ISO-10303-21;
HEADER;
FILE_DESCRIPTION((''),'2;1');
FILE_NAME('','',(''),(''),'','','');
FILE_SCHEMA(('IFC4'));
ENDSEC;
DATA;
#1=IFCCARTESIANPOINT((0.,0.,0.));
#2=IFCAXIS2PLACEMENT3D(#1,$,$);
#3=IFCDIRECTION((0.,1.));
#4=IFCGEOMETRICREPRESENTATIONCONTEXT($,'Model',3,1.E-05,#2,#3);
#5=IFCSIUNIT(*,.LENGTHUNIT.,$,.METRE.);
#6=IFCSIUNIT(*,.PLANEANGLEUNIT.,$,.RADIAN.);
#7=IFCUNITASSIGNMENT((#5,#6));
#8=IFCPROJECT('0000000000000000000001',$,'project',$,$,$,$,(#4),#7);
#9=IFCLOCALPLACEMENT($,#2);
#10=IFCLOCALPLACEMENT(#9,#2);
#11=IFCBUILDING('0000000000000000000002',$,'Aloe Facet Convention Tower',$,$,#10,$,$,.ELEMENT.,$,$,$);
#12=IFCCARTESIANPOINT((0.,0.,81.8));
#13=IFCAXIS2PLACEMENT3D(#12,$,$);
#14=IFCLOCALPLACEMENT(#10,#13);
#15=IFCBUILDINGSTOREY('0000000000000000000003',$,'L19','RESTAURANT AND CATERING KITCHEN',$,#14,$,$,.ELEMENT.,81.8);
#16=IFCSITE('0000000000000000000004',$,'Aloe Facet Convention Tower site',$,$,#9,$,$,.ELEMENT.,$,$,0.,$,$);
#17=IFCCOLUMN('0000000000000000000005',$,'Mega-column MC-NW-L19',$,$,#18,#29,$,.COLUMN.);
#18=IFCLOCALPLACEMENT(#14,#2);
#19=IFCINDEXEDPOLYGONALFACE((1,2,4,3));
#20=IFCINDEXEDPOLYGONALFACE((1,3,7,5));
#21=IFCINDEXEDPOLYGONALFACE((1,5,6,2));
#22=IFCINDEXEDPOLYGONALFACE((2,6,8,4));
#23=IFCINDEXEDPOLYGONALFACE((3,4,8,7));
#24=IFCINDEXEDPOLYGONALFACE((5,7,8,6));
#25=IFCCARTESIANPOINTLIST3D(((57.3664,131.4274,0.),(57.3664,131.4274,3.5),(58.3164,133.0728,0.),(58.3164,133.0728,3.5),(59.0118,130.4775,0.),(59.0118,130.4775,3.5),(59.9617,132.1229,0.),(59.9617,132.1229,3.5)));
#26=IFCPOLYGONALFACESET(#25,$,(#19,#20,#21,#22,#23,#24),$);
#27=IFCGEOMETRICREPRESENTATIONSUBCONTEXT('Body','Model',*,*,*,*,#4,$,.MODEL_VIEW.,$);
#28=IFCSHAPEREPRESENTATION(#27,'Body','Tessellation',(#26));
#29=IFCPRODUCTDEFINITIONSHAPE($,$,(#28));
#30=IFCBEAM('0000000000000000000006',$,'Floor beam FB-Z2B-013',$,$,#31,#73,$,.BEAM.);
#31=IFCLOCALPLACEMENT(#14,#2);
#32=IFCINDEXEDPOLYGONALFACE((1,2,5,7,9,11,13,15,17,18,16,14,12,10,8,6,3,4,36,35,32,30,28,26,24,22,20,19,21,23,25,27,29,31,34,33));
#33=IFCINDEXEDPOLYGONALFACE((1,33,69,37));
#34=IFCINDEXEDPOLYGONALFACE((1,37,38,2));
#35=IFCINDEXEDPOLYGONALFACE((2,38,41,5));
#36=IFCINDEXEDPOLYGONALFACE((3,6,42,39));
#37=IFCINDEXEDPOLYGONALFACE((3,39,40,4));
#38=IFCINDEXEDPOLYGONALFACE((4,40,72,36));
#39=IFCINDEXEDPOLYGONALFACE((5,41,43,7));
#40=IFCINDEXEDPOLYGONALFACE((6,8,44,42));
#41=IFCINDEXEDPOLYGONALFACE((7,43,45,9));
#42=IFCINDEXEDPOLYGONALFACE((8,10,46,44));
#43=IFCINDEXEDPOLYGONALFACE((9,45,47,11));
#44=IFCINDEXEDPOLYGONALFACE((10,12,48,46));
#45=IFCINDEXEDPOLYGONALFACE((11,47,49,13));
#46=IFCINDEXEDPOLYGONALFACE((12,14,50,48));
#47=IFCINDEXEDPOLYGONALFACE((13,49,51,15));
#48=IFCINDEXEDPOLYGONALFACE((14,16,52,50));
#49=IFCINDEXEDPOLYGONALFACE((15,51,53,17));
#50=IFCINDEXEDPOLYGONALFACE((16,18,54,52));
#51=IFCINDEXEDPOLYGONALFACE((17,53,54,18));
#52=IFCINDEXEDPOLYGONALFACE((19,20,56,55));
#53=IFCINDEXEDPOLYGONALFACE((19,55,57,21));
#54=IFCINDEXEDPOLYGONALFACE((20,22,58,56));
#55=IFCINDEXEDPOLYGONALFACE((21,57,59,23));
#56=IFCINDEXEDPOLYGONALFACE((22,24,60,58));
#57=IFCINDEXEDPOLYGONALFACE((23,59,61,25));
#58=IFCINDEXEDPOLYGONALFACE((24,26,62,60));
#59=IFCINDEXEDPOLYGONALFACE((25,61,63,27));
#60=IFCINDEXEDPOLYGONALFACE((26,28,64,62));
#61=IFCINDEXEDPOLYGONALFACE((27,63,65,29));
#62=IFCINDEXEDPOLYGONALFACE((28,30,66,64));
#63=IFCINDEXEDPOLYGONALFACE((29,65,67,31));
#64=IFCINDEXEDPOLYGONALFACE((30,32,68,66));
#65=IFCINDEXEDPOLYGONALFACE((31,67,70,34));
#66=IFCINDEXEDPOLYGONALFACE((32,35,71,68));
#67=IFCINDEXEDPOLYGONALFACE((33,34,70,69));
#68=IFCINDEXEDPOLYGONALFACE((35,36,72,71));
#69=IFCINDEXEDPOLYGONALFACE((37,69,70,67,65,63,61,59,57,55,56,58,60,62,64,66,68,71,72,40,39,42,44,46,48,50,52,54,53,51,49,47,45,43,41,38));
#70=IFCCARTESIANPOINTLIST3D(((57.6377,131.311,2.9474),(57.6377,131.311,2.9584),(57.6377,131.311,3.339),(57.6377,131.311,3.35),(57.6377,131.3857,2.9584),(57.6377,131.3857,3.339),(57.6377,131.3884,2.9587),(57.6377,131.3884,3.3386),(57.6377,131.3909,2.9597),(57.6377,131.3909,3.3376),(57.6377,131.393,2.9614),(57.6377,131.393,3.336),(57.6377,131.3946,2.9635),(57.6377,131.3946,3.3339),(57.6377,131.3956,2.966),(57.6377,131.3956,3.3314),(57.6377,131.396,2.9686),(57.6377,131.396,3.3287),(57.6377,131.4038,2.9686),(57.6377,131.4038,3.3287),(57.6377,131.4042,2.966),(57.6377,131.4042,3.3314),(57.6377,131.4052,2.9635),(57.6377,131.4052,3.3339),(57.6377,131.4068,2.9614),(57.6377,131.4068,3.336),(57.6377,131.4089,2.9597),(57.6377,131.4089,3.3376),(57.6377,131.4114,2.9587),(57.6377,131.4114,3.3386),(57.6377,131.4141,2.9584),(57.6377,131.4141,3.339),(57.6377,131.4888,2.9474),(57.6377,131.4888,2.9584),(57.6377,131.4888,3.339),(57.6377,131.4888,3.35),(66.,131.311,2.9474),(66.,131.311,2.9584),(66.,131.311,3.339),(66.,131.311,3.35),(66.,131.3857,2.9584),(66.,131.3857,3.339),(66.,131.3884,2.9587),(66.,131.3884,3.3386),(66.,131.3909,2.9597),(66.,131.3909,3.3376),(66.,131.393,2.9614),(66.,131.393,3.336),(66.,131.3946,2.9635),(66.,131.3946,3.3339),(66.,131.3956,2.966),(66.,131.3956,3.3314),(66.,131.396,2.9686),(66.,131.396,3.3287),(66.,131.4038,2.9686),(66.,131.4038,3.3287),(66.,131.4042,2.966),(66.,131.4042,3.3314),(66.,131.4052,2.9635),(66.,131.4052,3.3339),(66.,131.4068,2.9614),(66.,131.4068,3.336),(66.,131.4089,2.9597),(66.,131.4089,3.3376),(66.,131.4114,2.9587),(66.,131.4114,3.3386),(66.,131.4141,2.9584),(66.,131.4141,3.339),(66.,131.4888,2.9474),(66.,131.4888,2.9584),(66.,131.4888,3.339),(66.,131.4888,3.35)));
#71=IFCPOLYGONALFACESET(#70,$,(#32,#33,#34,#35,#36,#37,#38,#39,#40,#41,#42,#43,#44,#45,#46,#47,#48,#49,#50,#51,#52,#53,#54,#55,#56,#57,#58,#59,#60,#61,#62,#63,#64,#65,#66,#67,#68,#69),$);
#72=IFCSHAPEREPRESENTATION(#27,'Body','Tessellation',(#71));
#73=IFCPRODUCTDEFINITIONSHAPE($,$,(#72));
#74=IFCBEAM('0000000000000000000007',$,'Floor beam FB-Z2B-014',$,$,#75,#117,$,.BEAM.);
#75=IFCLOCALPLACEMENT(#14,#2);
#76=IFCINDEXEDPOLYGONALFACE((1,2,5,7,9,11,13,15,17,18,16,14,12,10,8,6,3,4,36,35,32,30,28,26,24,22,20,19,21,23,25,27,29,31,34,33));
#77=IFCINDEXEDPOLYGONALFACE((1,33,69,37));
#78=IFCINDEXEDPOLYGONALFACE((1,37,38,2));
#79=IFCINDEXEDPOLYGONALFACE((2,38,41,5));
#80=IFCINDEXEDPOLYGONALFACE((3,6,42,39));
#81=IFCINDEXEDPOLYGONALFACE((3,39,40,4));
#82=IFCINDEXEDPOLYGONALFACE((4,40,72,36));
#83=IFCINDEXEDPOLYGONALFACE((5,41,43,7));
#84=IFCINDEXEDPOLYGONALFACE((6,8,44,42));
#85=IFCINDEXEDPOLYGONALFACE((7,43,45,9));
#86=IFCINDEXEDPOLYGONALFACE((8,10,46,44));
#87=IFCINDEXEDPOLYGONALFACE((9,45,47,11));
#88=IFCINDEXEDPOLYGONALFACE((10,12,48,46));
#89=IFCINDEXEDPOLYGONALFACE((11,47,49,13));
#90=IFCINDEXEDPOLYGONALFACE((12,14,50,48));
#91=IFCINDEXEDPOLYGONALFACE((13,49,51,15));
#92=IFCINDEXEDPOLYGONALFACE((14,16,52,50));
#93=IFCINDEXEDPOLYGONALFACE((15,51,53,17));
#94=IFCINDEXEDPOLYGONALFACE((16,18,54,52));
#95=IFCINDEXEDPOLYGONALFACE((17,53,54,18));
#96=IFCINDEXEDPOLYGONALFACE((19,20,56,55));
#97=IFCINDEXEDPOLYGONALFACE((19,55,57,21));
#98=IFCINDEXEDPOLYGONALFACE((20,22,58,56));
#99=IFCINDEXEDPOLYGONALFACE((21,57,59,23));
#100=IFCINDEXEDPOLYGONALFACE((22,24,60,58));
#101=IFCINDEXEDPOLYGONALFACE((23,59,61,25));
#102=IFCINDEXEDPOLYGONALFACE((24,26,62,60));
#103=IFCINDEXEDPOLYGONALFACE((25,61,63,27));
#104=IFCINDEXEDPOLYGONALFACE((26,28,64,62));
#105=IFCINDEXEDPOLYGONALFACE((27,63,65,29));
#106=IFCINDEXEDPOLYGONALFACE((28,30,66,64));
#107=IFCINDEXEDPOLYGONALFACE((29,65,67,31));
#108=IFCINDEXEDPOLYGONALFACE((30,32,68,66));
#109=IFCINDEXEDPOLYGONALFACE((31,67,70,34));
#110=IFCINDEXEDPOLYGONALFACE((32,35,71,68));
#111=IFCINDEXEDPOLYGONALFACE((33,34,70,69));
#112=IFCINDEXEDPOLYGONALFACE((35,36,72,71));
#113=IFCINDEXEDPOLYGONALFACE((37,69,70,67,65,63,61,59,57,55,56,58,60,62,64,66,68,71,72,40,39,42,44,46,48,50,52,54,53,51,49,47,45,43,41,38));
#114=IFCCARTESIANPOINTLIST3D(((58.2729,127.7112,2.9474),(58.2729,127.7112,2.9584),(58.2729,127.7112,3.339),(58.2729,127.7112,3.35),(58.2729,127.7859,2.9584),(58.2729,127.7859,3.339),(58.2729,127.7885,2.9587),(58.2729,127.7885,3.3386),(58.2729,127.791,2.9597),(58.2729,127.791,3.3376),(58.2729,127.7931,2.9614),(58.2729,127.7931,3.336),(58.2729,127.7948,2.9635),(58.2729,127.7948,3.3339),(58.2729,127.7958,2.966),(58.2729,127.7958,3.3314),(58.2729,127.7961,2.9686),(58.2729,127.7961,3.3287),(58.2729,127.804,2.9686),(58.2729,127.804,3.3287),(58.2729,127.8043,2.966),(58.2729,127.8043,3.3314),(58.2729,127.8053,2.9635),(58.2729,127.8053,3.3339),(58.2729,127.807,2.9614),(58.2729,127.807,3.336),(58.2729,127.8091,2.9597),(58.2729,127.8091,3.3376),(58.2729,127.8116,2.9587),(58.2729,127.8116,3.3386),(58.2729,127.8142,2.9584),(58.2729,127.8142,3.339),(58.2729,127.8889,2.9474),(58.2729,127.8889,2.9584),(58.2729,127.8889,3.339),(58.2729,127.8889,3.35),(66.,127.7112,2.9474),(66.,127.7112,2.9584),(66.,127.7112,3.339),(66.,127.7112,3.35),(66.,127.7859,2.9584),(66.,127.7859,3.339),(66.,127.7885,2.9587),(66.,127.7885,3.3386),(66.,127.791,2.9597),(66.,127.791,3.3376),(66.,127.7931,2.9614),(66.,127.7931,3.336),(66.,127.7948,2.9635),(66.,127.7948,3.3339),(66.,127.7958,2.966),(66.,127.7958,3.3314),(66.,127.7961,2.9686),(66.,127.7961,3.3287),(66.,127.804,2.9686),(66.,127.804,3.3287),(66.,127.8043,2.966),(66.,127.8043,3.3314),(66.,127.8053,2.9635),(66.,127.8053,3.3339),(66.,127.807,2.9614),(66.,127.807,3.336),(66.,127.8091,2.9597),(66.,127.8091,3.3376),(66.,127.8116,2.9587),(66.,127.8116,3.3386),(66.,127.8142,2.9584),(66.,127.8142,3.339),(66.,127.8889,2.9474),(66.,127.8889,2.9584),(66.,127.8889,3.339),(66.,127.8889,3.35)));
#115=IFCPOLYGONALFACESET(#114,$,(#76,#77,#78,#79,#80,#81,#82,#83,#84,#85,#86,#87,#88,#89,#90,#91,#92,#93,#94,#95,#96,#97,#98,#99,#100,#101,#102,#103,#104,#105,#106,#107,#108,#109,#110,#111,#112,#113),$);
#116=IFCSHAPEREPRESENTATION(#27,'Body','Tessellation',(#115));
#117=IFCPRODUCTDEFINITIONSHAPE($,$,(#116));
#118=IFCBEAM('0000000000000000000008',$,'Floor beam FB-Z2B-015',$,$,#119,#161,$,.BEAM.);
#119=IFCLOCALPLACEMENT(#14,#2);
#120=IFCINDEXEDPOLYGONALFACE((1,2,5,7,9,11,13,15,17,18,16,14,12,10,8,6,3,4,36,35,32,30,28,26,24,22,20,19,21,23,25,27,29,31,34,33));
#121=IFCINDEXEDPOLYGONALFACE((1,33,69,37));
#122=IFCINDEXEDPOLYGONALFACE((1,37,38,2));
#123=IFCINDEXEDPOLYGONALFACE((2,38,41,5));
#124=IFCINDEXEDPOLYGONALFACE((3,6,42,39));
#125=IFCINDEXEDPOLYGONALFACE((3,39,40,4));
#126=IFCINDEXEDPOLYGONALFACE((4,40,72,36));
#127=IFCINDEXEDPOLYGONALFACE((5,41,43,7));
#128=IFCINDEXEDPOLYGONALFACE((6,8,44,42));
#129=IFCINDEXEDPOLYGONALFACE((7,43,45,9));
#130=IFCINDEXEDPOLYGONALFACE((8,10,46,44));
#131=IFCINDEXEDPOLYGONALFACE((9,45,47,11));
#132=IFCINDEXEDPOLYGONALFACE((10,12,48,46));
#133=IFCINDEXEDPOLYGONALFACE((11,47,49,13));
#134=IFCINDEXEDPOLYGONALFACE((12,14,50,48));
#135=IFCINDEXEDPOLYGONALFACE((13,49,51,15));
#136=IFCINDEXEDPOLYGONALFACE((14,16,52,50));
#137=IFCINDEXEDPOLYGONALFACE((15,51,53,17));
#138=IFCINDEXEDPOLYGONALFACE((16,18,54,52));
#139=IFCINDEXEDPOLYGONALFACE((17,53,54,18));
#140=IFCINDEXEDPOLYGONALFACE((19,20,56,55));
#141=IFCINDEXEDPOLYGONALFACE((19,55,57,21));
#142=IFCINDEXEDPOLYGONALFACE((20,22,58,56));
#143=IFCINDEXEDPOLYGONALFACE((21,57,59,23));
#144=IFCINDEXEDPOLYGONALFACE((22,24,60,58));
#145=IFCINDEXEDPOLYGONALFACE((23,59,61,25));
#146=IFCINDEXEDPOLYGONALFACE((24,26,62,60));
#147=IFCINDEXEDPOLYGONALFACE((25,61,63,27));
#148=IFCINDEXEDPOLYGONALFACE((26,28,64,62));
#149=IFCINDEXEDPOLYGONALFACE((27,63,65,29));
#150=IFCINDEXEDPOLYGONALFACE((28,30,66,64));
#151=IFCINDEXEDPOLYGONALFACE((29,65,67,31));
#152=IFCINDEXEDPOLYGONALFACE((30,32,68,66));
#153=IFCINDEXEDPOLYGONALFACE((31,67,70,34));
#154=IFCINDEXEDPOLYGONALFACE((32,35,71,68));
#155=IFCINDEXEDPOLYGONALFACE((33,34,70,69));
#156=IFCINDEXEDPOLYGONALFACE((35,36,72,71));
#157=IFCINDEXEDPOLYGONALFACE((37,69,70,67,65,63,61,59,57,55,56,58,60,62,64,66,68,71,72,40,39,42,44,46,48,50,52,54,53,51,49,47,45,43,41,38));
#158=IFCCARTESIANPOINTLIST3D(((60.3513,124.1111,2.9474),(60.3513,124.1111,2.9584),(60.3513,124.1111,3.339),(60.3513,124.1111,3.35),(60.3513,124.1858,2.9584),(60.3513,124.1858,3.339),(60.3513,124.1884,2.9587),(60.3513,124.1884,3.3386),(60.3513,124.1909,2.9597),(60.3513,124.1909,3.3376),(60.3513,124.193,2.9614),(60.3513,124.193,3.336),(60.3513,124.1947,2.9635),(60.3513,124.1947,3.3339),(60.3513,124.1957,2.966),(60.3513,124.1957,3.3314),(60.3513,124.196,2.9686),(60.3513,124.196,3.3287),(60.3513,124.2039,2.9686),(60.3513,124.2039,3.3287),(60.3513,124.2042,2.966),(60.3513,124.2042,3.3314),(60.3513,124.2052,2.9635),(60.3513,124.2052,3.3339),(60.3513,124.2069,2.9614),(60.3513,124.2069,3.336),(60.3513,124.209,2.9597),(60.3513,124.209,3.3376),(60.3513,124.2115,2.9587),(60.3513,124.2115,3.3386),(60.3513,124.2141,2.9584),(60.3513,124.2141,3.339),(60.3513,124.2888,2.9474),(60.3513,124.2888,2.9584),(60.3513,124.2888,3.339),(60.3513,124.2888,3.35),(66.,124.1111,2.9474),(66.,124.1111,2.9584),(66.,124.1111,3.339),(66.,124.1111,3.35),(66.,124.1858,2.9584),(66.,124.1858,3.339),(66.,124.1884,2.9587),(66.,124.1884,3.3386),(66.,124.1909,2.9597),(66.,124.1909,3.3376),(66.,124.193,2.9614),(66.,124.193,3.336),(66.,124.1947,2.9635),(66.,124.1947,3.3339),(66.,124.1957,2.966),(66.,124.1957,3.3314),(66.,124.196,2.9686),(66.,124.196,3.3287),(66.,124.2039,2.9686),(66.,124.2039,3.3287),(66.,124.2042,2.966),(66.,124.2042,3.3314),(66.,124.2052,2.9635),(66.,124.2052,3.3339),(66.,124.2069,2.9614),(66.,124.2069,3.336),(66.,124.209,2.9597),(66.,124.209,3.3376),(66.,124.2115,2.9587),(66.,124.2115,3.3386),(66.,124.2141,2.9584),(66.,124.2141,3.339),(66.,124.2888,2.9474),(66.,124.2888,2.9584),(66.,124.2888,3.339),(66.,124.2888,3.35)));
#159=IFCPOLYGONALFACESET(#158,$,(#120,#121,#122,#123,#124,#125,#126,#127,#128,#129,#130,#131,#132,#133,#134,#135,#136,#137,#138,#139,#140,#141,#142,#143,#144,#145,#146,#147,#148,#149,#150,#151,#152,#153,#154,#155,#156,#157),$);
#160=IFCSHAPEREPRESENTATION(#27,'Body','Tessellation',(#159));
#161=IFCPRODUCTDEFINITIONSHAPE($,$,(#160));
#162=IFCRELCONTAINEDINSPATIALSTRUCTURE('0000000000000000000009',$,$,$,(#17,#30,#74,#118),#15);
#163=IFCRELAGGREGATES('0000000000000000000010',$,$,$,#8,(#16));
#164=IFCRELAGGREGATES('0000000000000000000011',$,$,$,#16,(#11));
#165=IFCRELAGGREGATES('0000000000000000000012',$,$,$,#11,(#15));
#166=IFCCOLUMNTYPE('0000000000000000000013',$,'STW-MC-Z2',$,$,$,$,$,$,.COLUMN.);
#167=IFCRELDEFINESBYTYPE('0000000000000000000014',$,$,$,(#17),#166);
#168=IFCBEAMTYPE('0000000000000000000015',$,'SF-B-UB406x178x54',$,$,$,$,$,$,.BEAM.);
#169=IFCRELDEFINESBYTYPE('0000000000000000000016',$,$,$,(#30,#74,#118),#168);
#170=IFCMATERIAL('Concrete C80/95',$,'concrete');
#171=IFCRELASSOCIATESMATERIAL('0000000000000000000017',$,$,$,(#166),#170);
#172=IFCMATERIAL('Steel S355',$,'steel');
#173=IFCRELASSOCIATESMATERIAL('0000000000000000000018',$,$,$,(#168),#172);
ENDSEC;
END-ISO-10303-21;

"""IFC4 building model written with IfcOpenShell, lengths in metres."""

from ifc_helpers import new_model, si_unit, direction, frame, origin, origin_2d, place, context, subcontext, project, spatial, rectangle, i_section, extrude, material, material_profile, profile_set, type_object, element, save


model = new_model("IFC4")

# Units and contexts
model_context = context("Model", 3, precision=1e-05, world=origin(), true_north=direction((0.0, 1.0)))
body_context = subcontext(model_context, "Body", "Model", "MODEL_VIEW")
ifc_project = project(units=[si_unit("LENGTHUNIT", "METRE"), si_unit("PLANEANGLEUNIT", "RADIAN")], contexts=[model_context])

# Site, building, storey
site_placement = place(None, origin())
site = spatial("IfcSite", under=ifc_project, at=site_placement, Name="Aloe Facet Convention Tower site", CompositionType="ELEMENT", RefElevation=0.0)
building_placement = place(site_placement, origin())
building = spatial("IfcBuilding", under=site, at=building_placement, Name="Aloe Facet Convention Tower", CompositionType="ELEMENT")
storey_placement = place(building_placement, frame((0.0, 0.0, 81.8)))
storey = spatial("IfcBuildingStorey", under=building, at=storey_placement, Name="L19", Description="RESTAURANT AND CATERING KITCHEN", CompositionType="ELEMENT", Elevation=81.8)

# Column
ifc_material_1 = material(Name="Concrete C80/95", Category="concrete")
ifc_material_profile_1 = material_profile(ifc_material_1, rectangle(XDim=1.8999, YDim=1.8999, at=origin_2d()), Name="STW-MC-Z2")
ifc_profile_set_1 = profile_set([ifc_material_profile_1], Name="Concrete C80/95")
column_type = type_object("IfcColumnType", Name="STW-MC-Z2", PredefinedType="COLUMN", material=ifc_profile_set_1)
column_placement = place(storey_placement, frame((58.6641, 131.7751, 0.0), z_axis=(0.0, 0.0, 1.0), x_axis=(-0.5, -0.866025, 0.0)))
element("IfcColumn", 1, at=column_placement, inside=storey, type_object=column_type, Name="Mega-column MC-NW-L19", PredefinedType="COLUMN", context=body_context, shape_type="SweptSolid", body=[
    extrude(rectangle(XDim=1.8999, YDim=1.8999, at=origin_2d()), origin(), (0.0, 0.0, 1.0), 3.5),
])

# Beams
ifc_material_2 = material(Name="Steel S355", Category="steel")
ifc_material_profile_2 = material_profile(ifc_material_2, i_section(OverallWidth=0.1777, OverallDepth=0.4026, WebThickness=0.0078, FlangeThickness=0.011, FilletRadius=0.0103, at=origin_2d()), Name="UB 406x178x54")
ifc_profile_set_2 = profile_set([ifc_material_profile_2], Name="Steel S355")
beam_type_1 = type_object("IfcBeamType", Name="SF-B-UB406x178x54", PredefinedType="BEAM", material=ifc_profile_set_2)
beam_1_placement = place(storey_placement, frame((57.6377, 131.3999, 3.1487), z_axis=(1.0, 0.0, 0.0), x_axis=(0.0, 1.0, 0.0)))
element("IfcBeam", 2, at=beam_1_placement, inside=storey, type_object=beam_type_1, Name="Floor beam FB-Z2B-013", PredefinedType="BEAM", context=body_context, shape_type="SweptSolid", body=[
    extrude(i_section(OverallWidth=0.1777, OverallDepth=0.4026, WebThickness=0.0078, FlangeThickness=0.011, FilletRadius=0.0103, at=origin_2d()), origin(), (0.0, 0.0, 1.0), 8.3623),
])
beam_2_placement = place(storey_placement, frame((58.2729, 127.8, 3.1487), z_axis=(1.0, 0.0, 0.0), x_axis=(0.0, 1.0, 0.0)))
element("IfcBeam", 3, at=beam_2_placement, inside=storey, type_object=beam_type_1, Name="Floor beam FB-Z2B-014", PredefinedType="BEAM", context=body_context, shape_type="SweptSolid", body=[
    extrude(i_section(OverallWidth=0.1777, OverallDepth=0.4026, WebThickness=0.0078, FlangeThickness=0.011, FilletRadius=0.0103, at=origin_2d()), origin(), (0.0, 0.0, 1.0), 7.7271),
])
beam_3_placement = place(storey_placement, frame((60.3513, 124.2, 3.1487), z_axis=(1.0, 0.0, 0.0), x_axis=(0.0, 1.0, 0.0)))
element("IfcBeam", 4, at=beam_3_placement, inside=storey, type_object=beam_type_1, Name="Floor beam FB-Z2B-015", PredefinedType="BEAM", context=body_context, shape_type="SweptSolid", body=[
    extrude(i_section(OverallWidth=0.1777, OverallDepth=0.4026, WebThickness=0.0078, FlangeThickness=0.011, FilletRadius=0.0103, at=origin_2d()), origin(), (0.0, 0.0, 1.0), 5.6487),
])

save(model, "model.ifc")
